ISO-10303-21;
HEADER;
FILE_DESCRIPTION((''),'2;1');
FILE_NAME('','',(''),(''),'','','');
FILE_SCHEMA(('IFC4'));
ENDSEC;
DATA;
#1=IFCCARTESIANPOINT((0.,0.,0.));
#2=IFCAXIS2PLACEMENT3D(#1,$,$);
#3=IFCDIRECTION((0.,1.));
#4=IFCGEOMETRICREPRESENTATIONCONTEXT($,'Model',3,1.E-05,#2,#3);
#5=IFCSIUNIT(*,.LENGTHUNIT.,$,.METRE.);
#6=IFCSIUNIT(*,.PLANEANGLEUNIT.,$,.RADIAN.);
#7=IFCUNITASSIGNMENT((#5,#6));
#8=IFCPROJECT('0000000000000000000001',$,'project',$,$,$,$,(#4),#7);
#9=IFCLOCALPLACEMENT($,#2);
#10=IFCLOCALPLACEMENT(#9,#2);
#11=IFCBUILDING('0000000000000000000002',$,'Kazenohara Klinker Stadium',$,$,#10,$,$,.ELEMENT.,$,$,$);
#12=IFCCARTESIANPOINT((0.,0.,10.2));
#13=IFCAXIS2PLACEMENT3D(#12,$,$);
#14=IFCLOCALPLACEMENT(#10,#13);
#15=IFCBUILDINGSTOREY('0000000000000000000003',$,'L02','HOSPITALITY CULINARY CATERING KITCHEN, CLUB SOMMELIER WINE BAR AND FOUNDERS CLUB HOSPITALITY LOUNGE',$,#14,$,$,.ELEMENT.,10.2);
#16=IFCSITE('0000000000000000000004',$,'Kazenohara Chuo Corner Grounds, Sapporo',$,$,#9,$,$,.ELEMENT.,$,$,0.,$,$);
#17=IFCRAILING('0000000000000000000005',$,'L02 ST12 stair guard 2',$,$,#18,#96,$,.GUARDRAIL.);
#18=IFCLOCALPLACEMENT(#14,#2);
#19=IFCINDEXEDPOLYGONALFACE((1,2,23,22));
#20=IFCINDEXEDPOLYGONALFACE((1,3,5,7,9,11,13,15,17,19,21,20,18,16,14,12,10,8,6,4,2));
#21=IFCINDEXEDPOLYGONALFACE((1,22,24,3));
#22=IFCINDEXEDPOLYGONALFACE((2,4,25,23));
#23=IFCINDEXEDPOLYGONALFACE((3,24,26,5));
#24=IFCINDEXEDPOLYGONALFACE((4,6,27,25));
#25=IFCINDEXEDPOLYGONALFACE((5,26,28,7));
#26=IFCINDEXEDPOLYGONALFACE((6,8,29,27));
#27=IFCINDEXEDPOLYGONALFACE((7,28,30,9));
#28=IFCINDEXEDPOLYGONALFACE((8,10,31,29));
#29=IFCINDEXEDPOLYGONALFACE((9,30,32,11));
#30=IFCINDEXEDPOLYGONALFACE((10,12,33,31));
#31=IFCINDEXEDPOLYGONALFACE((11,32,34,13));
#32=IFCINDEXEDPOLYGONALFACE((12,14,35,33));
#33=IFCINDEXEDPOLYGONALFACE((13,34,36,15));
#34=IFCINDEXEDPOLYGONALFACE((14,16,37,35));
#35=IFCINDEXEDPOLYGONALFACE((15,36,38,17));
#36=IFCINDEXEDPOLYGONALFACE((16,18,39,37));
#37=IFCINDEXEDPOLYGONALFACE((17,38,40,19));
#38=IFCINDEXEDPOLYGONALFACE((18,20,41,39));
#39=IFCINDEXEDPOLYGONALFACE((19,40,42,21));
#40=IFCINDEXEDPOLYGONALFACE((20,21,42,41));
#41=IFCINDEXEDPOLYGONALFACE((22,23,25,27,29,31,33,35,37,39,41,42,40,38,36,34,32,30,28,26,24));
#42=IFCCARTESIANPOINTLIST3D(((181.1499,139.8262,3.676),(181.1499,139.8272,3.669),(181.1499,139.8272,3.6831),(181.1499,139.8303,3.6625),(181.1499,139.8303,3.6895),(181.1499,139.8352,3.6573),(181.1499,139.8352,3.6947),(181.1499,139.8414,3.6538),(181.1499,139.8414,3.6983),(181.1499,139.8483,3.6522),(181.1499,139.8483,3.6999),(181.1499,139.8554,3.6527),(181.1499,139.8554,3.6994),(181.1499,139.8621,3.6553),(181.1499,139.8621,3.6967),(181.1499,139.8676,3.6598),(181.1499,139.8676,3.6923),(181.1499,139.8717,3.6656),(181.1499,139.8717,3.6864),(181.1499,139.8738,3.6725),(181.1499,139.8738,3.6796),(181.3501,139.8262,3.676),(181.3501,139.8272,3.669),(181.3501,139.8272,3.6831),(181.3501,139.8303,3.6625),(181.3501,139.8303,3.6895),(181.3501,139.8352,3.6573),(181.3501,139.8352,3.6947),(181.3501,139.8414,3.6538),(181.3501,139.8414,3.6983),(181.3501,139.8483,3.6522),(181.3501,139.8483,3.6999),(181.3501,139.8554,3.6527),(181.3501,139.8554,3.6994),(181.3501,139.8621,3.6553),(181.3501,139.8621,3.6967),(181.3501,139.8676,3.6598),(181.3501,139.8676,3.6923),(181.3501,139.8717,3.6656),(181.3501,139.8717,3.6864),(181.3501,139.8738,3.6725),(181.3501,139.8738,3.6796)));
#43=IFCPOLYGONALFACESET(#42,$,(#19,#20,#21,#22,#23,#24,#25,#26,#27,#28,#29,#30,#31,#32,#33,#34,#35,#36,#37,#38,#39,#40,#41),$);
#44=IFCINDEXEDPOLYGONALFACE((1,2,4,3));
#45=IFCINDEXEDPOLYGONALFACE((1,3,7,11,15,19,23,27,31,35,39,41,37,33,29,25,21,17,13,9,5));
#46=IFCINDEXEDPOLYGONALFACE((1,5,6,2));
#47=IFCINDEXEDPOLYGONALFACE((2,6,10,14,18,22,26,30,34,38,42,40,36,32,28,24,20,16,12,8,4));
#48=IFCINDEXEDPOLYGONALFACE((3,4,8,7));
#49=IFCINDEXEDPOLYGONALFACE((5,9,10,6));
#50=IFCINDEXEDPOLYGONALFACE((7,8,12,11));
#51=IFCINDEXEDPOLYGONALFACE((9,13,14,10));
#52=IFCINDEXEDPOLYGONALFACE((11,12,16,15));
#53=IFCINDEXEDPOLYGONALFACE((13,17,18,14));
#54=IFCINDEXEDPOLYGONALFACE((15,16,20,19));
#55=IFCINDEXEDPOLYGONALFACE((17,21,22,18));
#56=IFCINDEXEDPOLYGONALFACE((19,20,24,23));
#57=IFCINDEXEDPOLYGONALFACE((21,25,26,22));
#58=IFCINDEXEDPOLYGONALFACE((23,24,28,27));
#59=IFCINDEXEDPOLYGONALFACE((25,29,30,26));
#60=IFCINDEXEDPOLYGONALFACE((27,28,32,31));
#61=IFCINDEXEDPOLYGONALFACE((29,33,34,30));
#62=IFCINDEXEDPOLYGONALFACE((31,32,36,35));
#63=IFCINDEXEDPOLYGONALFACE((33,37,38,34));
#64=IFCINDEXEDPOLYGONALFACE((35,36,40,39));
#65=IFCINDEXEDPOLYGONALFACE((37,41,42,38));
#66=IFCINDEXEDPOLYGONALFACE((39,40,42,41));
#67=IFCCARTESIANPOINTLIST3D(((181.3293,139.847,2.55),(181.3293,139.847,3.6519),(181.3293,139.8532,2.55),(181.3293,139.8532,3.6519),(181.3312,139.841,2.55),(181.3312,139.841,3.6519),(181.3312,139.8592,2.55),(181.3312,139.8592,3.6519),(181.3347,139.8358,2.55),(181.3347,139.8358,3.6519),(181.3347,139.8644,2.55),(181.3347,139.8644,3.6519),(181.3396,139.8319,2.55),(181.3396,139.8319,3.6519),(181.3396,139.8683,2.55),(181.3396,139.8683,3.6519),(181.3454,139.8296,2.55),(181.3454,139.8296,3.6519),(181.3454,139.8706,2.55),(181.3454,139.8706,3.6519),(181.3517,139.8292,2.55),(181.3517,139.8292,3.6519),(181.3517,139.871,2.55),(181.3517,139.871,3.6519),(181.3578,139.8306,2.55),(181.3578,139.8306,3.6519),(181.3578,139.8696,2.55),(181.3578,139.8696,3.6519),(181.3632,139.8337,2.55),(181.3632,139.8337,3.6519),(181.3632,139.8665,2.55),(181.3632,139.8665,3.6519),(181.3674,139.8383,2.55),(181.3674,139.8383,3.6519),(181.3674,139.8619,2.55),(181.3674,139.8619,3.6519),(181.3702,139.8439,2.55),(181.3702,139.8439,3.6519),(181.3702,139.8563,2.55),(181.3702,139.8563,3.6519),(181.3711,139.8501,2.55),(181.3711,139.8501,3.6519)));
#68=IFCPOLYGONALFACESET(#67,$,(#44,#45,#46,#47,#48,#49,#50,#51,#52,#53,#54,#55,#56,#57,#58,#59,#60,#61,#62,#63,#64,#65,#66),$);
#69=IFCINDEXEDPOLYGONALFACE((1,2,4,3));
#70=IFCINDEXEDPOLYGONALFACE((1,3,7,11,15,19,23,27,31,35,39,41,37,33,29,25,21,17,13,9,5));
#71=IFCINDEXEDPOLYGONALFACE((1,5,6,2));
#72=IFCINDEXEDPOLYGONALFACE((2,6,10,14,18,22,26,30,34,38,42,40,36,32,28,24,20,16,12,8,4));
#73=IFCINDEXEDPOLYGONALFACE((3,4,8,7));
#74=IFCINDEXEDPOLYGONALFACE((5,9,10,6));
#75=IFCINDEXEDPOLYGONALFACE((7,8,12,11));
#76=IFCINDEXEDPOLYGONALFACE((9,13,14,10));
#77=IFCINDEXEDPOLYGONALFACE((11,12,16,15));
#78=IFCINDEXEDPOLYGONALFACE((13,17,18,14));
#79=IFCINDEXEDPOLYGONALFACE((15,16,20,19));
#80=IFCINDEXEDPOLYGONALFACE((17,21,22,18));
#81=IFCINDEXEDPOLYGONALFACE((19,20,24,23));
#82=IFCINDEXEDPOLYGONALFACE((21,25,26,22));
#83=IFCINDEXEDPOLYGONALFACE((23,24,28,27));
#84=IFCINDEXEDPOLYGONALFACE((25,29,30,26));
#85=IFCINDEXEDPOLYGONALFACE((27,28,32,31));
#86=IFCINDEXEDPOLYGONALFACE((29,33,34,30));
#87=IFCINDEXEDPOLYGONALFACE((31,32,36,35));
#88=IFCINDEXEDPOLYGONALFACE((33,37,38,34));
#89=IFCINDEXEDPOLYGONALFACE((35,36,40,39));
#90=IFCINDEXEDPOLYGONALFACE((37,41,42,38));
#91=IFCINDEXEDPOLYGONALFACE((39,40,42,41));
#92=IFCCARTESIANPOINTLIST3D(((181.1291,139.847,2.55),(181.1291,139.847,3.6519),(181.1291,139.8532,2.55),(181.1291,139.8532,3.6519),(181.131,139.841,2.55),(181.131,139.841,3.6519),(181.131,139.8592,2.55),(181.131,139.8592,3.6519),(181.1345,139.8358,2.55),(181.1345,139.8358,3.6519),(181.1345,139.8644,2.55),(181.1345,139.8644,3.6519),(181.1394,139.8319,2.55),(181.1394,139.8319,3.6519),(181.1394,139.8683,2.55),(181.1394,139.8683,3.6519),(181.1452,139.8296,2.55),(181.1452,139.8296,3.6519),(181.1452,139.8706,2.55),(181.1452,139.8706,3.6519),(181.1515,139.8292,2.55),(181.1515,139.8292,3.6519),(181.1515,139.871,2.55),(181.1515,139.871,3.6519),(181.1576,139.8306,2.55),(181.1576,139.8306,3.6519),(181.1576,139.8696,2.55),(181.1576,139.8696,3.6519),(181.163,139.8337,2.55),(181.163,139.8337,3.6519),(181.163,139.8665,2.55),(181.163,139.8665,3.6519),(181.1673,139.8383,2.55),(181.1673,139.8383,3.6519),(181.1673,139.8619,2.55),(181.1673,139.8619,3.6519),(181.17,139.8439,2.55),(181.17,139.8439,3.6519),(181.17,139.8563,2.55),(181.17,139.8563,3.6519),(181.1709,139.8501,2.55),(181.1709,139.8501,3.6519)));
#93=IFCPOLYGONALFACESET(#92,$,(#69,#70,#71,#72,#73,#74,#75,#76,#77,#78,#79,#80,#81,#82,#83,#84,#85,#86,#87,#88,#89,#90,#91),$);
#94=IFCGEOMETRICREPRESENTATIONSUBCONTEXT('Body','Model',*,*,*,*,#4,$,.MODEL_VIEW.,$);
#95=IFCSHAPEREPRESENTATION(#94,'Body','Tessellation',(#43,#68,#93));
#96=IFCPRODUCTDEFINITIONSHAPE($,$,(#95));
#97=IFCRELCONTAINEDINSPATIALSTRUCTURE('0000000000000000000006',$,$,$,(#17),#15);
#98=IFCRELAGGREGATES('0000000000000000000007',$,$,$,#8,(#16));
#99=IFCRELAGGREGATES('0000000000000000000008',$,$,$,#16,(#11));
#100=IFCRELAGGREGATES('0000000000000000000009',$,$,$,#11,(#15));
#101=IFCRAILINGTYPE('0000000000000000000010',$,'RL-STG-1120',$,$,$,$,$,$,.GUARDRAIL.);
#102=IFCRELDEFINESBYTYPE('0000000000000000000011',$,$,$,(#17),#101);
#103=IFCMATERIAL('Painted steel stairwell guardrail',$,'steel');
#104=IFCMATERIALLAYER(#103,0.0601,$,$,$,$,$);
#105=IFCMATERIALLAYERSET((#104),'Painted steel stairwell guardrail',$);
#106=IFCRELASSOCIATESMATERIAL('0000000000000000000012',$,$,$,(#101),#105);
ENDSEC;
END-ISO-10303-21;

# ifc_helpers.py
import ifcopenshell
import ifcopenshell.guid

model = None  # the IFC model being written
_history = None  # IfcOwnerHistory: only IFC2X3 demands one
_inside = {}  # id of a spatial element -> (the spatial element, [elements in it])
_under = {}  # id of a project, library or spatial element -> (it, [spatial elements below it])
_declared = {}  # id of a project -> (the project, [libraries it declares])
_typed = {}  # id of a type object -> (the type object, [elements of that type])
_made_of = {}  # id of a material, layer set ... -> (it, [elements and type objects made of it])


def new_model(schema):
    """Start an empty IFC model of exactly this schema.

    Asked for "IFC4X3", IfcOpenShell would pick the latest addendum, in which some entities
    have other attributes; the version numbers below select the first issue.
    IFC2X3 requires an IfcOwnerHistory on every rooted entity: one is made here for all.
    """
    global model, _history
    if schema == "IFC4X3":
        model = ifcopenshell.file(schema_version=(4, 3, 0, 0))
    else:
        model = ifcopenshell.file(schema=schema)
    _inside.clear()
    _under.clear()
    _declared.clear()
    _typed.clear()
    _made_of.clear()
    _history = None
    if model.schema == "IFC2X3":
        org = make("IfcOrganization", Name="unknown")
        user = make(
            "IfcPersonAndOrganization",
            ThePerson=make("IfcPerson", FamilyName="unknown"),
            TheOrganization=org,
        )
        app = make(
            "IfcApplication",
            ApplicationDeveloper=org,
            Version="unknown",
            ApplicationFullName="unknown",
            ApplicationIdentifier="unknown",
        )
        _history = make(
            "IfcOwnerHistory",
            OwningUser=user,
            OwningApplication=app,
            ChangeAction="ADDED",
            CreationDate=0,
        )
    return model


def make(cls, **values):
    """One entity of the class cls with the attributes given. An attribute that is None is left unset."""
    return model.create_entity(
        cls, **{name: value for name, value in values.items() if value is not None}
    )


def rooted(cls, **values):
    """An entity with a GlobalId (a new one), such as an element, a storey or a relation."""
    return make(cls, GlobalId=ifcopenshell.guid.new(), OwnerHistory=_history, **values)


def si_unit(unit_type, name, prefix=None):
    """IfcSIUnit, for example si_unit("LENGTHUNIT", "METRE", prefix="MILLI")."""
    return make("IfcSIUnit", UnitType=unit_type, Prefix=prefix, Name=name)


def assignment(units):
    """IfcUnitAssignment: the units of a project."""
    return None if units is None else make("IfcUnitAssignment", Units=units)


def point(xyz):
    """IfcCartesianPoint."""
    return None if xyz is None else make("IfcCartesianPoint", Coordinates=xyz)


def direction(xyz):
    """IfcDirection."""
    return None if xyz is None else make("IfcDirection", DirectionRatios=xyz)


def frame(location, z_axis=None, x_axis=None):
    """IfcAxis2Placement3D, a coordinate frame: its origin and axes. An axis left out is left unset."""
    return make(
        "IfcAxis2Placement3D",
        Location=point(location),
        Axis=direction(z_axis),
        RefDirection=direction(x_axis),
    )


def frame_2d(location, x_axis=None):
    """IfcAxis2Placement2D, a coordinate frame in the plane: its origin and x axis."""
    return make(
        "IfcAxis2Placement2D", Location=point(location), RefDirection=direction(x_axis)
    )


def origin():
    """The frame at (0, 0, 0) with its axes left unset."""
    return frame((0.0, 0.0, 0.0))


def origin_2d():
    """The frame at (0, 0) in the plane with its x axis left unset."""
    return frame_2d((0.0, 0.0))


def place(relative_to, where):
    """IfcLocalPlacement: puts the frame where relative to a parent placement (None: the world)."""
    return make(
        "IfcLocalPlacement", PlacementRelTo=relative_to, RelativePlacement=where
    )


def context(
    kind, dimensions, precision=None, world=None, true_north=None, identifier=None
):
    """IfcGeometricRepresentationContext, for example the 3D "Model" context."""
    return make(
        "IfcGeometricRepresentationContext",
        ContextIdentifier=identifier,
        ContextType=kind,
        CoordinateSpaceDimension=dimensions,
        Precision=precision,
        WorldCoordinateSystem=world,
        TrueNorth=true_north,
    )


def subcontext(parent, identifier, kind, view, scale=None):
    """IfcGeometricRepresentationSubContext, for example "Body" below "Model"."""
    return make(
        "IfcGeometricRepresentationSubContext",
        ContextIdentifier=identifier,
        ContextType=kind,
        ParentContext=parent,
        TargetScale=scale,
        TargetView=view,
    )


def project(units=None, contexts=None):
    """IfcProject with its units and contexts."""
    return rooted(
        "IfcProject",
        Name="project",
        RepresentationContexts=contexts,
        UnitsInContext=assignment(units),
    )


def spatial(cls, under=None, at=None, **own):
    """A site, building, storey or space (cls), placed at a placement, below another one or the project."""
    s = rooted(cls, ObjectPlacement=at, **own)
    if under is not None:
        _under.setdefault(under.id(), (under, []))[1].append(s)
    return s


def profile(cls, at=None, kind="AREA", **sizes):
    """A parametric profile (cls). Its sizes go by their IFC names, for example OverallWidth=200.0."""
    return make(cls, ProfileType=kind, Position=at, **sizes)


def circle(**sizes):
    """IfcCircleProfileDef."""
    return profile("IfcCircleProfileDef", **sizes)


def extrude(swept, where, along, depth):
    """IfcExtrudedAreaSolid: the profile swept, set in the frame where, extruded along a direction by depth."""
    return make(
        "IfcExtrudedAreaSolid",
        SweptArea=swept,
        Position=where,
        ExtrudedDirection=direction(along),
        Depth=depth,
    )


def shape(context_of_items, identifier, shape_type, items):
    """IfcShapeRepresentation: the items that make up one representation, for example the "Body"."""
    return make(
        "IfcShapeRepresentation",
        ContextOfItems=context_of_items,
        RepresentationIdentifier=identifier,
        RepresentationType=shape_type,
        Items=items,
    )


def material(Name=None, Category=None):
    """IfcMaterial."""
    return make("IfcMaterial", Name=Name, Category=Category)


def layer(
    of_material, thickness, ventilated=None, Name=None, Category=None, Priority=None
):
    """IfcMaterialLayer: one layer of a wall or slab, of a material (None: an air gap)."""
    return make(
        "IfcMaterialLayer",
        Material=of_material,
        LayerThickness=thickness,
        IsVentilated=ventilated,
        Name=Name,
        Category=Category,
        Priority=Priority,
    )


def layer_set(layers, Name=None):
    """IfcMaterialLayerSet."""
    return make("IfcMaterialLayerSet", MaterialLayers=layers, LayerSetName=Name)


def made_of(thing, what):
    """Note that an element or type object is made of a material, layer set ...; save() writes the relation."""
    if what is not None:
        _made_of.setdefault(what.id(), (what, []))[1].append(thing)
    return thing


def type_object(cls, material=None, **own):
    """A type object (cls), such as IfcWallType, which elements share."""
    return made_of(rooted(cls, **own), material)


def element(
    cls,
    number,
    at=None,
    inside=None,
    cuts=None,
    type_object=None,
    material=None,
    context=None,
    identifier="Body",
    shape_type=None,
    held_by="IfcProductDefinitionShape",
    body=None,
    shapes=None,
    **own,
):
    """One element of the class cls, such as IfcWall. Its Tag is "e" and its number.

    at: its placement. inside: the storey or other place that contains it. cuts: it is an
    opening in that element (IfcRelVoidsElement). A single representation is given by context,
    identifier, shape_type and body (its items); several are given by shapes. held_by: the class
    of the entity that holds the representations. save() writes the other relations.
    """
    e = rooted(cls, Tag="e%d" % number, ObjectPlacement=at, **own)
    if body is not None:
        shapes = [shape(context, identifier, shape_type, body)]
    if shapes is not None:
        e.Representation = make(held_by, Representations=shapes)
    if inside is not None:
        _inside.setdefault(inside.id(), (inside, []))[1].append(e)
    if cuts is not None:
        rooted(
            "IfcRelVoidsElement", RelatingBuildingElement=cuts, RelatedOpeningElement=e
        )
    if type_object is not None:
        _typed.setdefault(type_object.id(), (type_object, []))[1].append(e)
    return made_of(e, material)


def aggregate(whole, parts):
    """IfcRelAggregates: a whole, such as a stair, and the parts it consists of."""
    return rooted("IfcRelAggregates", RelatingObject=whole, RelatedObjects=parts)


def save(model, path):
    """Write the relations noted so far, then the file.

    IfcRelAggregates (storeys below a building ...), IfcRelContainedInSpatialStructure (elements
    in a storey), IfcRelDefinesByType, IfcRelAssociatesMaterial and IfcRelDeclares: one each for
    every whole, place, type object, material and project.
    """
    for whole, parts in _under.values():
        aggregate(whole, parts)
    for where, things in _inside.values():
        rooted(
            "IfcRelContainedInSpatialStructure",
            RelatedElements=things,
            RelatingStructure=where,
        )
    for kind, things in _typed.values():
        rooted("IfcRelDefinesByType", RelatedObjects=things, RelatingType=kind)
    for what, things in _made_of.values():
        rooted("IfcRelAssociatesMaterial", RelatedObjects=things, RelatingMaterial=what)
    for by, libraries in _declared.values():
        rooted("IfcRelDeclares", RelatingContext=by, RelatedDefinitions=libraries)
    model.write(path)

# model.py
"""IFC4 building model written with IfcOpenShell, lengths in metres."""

from ifc_helpers import new_model, si_unit, direction, frame, origin, origin_2d, place, context, subcontext, project, spatial, circle, extrude, material, layer, layer_set, type_object, element, save


model = new_model("IFC4")

# Units and contexts
model_context = context("Model", 3, precision=1e-05, world=origin(), true_north=direction((0.0, 1.0)))
body_context = subcontext(model_context, "Body", "Model", "MODEL_VIEW")
ifc_project = project(units=[si_unit("LENGTHUNIT", "METRE"), si_unit("PLANEANGLEUNIT", "RADIAN")], contexts=[model_context])

# Site, building, storey
site_placement = place(None, origin())
site = spatial("IfcSite", under=ifc_project, at=site_placement, Name="Kazenohara Chuo Corner Grounds, Sapporo", CompositionType="ELEMENT", RefElevation=0.0)
building_placement = place(site_placement, origin())
building = spatial("IfcBuilding", under=site, at=building_placement, Name="Kazenohara Klinker Stadium", CompositionType="ELEMENT")
storey_placement = place(building_placement, frame((0.0, 0.0, 10.2)))
storey = spatial("IfcBuildingStorey", under=building, at=storey_placement, Name="L02", Description="HOSPITALITY CULINARY CATERING KITCHEN, CLUB SOMMELIER WINE BAR AND FOUNDERS CLUB HOSPITALITY LOUNGE", CompositionType="ELEMENT", Elevation=10.2)

# Railing
ifc_material_1 = material(Name="Painted steel stairwell guardrail", Category="steel")
ifc_layer_1 = layer(ifc_material_1, 0.0601)
ifc_layer_set_1 = layer_set([ifc_layer_1], Name="Painted steel stairwell guardrail")
railing_type_1 = type_object("IfcRailingType", Name="RL-STG-1120", PredefinedType="GUARDRAIL", material=ifc_layer_set_1)
railing_1_placement = place(storey_placement, frame((181.3501, 139.8501, 2.55)))
element("IfcRailing", 1, at=railing_1_placement, inside=storey, type_object=railing_type_1, Name="L02 ST12 stair guard 2", PredefinedType="GUARDRAIL", context=body_context, shape_type="SweptSolid", body=[
    extrude(circle(Radius=0.0239, at=origin_2d()), frame((0.0, 0.0, 1.126), z_axis=(-1.0, 0.0, 0.0), x_axis=(0.0, -1.0, 0.0)), (0.0, 0.0, 1.0), 0.2002),
    extrude(circle(Radius=0.021, at=origin_2d()), origin(), (0.0, 0.0, 1.0), 1.1018),
    extrude(circle(Radius=0.021, at=origin_2d()), frame((-0.2002, 0.0, 0.0)), (0.0, 0.0, 1.0), 1.1018),
])

save(model, "model.ifc")
